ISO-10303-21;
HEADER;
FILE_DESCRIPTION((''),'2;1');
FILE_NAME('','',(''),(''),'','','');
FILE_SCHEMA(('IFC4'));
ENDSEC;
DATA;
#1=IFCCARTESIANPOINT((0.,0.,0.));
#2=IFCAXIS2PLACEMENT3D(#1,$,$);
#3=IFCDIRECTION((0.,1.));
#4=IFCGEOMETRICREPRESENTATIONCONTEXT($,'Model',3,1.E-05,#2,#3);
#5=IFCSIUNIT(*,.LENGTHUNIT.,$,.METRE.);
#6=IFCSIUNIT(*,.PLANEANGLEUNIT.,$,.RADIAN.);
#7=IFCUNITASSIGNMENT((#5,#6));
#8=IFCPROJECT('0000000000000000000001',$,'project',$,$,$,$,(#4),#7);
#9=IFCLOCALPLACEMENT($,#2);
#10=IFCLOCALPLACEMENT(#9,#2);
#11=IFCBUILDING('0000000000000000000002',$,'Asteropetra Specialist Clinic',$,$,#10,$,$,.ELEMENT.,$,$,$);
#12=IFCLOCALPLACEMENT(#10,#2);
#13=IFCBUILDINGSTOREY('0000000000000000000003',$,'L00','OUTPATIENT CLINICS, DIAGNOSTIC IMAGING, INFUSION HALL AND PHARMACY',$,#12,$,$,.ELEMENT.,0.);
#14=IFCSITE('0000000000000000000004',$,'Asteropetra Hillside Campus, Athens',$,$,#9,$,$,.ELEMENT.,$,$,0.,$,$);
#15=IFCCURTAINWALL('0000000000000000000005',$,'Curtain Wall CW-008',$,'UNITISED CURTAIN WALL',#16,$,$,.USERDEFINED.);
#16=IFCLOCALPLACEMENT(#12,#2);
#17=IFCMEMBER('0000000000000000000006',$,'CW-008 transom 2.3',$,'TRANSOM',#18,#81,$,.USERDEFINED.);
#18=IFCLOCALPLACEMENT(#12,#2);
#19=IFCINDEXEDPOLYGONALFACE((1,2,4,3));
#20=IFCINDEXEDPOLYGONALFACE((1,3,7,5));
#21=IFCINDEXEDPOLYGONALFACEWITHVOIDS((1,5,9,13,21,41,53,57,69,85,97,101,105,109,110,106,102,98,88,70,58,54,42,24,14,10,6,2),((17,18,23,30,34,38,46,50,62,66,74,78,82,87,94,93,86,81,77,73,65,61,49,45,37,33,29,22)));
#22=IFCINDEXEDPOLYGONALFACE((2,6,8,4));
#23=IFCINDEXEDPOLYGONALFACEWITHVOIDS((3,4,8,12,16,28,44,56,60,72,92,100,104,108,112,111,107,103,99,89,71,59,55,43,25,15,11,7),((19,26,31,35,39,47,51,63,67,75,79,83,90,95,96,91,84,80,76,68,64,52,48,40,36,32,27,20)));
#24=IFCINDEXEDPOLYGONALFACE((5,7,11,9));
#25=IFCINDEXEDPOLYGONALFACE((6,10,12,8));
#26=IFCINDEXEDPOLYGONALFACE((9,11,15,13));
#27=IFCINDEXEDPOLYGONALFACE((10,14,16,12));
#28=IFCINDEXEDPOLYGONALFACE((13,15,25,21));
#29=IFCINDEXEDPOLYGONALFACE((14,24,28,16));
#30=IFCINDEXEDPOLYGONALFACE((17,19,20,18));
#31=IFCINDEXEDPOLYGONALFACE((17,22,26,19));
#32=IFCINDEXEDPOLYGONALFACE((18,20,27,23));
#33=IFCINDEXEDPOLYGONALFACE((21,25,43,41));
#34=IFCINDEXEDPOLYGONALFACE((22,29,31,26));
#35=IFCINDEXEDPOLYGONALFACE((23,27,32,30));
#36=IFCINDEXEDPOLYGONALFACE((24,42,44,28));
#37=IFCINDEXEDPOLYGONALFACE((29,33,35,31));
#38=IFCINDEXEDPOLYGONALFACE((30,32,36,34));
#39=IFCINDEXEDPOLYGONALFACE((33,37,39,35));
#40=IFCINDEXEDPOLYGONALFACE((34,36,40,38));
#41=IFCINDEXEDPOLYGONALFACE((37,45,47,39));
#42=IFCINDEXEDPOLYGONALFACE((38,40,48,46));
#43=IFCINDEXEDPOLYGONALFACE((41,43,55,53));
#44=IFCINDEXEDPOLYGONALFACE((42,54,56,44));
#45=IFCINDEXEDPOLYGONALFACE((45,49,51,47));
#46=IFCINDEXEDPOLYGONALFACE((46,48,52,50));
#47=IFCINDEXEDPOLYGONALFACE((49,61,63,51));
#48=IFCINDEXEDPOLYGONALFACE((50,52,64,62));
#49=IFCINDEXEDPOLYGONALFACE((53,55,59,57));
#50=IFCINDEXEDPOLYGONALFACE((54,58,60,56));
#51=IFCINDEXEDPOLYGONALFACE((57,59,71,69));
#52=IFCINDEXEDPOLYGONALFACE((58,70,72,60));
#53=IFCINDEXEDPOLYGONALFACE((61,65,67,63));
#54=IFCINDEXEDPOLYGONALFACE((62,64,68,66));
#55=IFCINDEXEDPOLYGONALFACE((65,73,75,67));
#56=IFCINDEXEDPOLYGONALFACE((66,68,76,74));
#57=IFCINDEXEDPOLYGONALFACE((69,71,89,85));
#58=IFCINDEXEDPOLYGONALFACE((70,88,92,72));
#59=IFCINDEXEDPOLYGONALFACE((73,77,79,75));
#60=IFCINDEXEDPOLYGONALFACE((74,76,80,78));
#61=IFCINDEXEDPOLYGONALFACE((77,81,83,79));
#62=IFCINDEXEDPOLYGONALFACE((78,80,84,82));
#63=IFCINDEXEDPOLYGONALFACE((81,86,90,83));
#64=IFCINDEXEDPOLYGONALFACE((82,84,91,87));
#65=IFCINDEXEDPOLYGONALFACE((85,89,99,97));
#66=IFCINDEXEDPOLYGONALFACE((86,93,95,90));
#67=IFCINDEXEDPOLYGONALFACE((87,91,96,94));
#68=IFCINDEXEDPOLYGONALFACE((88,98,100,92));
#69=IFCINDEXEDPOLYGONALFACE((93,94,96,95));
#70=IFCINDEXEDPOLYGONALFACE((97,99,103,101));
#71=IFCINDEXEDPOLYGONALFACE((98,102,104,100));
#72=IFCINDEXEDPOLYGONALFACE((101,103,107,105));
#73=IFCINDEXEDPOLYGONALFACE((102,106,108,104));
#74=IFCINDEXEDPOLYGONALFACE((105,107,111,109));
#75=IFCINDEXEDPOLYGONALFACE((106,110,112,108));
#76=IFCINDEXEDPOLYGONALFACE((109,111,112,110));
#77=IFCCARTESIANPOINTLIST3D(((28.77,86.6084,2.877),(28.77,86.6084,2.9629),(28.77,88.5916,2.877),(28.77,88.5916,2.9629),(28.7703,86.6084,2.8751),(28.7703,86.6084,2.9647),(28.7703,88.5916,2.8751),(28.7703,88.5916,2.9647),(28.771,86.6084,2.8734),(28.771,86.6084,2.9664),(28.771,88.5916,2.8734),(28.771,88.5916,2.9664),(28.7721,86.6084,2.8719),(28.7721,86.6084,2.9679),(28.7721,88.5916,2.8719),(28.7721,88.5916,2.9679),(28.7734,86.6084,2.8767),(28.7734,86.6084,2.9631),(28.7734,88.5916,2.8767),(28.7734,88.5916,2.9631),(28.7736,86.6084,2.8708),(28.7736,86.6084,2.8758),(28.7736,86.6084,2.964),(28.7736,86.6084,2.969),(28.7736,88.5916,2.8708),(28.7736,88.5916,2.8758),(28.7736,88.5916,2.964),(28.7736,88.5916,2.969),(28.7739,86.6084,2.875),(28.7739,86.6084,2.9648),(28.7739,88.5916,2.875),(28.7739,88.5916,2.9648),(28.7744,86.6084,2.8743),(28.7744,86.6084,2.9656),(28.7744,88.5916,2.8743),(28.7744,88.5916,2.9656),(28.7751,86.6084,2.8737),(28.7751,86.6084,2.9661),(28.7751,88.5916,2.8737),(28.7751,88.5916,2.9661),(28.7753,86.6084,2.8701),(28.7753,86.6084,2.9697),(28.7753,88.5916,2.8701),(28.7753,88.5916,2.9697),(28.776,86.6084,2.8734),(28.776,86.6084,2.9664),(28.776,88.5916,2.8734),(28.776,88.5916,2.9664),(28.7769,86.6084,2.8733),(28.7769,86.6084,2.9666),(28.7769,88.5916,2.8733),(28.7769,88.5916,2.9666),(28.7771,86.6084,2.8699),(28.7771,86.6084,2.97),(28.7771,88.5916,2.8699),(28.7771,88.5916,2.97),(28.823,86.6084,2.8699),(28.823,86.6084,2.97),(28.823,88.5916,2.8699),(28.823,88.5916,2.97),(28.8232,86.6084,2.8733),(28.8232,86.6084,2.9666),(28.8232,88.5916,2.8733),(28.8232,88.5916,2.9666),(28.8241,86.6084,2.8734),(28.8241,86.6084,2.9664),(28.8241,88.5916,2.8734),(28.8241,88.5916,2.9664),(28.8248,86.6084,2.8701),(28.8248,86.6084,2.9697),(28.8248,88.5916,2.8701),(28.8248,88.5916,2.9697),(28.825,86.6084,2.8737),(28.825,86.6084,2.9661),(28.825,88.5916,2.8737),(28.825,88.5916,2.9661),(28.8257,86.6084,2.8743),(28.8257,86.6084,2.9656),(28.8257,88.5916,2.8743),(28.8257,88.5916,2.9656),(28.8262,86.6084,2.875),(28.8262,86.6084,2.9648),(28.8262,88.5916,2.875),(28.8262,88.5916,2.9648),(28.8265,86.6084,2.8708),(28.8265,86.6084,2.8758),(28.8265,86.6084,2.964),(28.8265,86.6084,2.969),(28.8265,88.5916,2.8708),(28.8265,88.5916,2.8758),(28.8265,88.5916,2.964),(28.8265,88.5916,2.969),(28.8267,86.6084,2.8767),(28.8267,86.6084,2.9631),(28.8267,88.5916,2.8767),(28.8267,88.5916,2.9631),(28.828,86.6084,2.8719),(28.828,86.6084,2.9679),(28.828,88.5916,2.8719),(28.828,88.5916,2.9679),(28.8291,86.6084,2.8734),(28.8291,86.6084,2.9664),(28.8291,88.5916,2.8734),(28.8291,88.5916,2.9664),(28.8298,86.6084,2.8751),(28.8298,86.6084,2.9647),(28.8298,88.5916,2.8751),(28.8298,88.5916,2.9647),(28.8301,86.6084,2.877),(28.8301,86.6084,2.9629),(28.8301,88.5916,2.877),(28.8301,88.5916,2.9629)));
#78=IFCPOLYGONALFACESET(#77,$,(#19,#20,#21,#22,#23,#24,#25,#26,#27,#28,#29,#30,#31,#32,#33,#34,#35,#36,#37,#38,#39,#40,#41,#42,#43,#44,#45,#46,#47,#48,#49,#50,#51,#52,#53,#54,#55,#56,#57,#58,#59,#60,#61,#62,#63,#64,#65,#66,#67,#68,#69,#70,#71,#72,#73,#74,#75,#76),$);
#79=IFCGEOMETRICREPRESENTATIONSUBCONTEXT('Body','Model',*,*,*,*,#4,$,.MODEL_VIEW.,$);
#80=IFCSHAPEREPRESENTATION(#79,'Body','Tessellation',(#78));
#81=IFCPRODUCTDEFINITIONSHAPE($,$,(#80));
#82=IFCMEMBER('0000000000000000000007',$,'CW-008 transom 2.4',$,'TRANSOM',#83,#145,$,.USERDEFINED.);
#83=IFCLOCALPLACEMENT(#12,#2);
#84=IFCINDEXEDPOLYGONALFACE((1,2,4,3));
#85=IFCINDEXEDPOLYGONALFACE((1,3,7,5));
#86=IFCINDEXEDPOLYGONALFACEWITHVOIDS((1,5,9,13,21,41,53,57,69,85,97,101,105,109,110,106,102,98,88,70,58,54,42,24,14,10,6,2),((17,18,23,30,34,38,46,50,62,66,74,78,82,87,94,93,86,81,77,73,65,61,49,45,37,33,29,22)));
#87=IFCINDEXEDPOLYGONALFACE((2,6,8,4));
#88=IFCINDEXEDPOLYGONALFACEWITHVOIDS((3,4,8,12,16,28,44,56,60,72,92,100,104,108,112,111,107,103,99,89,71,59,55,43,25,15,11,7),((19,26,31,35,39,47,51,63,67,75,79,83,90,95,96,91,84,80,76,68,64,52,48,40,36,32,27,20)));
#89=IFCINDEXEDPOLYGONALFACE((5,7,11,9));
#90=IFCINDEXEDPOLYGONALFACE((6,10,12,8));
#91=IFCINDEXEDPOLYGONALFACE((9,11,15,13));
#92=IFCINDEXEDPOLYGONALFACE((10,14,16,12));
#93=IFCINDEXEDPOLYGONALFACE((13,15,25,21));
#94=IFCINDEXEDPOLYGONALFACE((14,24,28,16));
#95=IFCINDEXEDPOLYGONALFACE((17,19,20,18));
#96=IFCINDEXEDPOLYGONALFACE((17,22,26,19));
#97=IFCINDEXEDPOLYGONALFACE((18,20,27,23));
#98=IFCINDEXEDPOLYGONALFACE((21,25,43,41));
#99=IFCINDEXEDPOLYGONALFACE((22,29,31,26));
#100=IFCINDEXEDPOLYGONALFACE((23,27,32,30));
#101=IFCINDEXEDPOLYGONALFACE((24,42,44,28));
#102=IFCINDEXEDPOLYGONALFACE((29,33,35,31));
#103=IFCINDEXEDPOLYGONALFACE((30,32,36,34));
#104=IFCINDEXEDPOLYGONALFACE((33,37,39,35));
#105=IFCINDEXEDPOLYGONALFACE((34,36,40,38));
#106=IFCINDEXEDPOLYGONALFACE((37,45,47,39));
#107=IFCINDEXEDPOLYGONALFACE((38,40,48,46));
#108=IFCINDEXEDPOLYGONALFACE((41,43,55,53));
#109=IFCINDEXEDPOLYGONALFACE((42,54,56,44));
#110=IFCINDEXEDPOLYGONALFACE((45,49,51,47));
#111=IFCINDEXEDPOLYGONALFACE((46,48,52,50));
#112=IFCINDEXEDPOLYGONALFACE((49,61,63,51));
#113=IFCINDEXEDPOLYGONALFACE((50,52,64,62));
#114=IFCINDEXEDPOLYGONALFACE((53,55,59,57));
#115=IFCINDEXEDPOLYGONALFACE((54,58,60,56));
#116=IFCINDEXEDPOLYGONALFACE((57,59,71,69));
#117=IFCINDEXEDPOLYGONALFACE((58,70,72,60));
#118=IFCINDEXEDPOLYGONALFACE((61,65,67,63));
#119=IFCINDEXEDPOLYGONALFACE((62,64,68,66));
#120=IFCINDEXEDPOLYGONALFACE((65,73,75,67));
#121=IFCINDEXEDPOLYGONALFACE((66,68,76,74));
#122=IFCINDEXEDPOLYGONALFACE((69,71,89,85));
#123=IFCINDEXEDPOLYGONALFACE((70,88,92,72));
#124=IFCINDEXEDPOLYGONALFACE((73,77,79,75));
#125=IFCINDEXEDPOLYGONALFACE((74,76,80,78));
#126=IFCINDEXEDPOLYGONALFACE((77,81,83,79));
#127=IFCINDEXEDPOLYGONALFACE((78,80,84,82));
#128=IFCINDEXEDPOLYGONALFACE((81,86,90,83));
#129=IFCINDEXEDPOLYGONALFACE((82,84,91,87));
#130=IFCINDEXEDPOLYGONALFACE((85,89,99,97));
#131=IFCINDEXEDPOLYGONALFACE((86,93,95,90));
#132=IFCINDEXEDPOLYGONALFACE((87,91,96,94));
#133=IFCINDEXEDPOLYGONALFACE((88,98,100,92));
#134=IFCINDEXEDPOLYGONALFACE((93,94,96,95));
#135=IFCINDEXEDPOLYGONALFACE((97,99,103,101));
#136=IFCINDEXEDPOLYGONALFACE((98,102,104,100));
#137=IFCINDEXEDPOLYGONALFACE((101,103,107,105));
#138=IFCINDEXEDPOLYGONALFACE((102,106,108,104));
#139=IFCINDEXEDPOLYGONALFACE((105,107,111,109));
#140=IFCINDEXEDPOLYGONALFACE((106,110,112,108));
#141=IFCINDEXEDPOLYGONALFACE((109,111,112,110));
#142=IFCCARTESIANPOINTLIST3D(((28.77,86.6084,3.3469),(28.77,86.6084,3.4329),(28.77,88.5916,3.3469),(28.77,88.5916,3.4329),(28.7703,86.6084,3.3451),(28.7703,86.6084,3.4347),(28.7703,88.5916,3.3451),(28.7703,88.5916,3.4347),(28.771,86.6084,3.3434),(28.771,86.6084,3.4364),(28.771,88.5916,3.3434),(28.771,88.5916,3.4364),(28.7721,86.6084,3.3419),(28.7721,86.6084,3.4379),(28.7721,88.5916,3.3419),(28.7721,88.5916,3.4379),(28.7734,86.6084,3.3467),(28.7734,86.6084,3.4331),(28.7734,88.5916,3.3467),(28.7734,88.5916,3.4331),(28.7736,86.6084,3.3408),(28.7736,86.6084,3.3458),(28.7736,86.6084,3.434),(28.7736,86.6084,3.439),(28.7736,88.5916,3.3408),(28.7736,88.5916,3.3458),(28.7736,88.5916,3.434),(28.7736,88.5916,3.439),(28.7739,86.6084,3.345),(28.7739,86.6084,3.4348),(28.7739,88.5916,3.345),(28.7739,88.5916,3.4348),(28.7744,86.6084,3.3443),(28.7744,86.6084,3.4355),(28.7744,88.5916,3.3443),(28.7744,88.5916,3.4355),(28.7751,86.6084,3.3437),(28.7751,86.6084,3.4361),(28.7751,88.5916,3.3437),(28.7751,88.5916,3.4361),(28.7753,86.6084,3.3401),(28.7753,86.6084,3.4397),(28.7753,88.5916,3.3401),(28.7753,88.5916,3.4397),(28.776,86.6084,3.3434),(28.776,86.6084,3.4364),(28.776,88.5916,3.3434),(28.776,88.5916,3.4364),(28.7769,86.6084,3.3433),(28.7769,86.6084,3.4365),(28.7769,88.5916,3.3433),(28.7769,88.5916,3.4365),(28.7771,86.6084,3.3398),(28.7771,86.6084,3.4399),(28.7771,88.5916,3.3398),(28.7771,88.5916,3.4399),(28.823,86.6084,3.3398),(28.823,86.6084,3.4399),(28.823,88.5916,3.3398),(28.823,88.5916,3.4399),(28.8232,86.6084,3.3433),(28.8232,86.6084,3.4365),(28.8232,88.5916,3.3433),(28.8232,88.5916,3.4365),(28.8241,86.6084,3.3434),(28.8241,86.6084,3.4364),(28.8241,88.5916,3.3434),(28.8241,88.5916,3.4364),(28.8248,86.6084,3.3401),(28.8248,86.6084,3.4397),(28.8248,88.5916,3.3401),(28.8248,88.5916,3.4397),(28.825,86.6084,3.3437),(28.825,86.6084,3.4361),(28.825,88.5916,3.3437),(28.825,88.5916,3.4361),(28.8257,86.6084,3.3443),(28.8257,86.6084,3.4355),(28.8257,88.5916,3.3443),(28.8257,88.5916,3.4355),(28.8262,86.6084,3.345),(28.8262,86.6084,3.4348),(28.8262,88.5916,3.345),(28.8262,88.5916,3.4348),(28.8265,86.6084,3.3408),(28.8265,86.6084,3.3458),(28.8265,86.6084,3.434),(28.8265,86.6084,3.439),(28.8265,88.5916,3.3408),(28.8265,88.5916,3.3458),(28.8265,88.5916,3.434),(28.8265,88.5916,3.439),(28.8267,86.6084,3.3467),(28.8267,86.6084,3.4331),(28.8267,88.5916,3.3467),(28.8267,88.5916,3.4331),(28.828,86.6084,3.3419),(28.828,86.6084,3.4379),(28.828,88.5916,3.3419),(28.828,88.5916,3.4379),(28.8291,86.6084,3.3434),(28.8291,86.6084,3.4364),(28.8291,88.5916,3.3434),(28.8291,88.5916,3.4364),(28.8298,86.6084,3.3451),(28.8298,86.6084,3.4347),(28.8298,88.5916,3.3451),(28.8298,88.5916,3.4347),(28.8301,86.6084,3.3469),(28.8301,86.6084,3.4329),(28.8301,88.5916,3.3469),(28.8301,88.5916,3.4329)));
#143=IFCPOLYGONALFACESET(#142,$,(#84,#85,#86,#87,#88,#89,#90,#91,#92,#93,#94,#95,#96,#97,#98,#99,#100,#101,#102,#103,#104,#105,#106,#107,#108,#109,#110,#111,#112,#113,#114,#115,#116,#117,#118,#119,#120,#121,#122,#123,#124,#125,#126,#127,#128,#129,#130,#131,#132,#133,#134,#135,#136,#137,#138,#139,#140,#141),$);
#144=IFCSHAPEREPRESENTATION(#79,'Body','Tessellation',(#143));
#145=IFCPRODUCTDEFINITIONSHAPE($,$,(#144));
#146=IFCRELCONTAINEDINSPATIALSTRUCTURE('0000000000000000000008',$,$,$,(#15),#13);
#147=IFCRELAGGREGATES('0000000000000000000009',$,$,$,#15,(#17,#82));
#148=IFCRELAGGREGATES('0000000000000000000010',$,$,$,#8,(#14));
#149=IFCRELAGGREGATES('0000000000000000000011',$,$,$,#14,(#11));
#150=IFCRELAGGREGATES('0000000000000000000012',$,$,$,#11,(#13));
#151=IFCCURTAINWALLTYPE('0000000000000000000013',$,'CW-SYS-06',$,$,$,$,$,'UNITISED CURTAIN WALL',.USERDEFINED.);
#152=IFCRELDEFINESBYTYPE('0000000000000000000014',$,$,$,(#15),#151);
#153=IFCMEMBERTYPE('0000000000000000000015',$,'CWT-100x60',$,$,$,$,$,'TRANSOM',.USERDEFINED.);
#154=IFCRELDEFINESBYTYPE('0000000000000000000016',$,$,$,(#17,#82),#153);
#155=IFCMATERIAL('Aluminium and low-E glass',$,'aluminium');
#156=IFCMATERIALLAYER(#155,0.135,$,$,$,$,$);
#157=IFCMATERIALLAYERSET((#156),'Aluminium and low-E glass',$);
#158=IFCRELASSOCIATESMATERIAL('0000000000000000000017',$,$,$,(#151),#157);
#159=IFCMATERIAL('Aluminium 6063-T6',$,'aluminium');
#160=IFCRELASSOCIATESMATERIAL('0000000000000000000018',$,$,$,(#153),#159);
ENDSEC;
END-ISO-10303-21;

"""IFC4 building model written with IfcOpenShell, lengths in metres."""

from ifc_helpers import new_model, si_unit, direction, frame, origin, origin_2d, place, context, subcontext, project, spatial, hollow_rectangle, extrude, material, layer, layer_set, material_profile, profile_set, type_object, element, aggregate, save


model = new_model("IFC4")

# Units and contexts
model_context = context("Model", 3, precision=1e-05, world=origin(), true_north=direction((0.0, 1.0)))
body_context = subcontext(model_context, "Body", "Model", "MODEL_VIEW")
ifc_project = project(units=[si_unit("LENGTHUNIT", "METRE"), si_unit("PLANEANGLEUNIT", "RADIAN")], contexts=[model_context])

# Site, building, storey
site_placement = place(None, origin())
site = spatial("IfcSite", under=ifc_project, at=site_placement, Name="Asteropetra Hillside Campus, Athens", CompositionType="ELEMENT", RefElevation=0.0)
building_placement = place(site_placement, origin())
building = spatial("IfcBuilding", under=site, at=building_placement, Name="Asteropetra Specialist Clinic", CompositionType="ELEMENT")
storey_placement = place(building_placement, origin())
storey = spatial("IfcBuildingStorey", under=building, at=storey_placement, Name="L00", Description="OUTPATIENT CLINICS, DIAGNOSTIC IMAGING, INFUSION HALL AND PHARMACY", CompositionType="ELEMENT", Elevation=0.0)

# Curtain wall
ifc_material_1 = material(Name="Aluminium and low-E glass", Category="aluminium")
ifc_layer_1 = layer(ifc_material_1, 0.135)
ifc_layer_set_1 = layer_set([ifc_layer_1], Name="Aluminium and low-E glass")
curtain_wall_type_1 = type_object("IfcCurtainWallType", Name="CW-SYS-06", ElementType="UNITISED CURTAIN WALL", PredefinedType="USERDEFINED", material=ifc_layer_set_1)
curtain_wall_1_placement = place(storey_placement, origin())
curtain_wall_1 = element("IfcCurtainWall", 1, at=curtain_wall_1_placement, inside=storey, type_object=curtain_wall_type_1, Name="Curtain Wall CW-008", ObjectType="UNITISED CURTAIN WALL", PredefinedType="USERDEFINED")

# Members
ifc_material_2 = material(Name="Aluminium 6063-T6", Category="aluminium")
ifc_material_profile_1 = material_profile(ifc_material_2, hollow_rectangle(XDim=0.0601, YDim=0.1001, WallThickness=0.0034, InnerFilletRadius=0.0034, OuterFilletRadius=0.0071, at=origin_2d()), Name="TRN 100x60x3.5")
ifc_profile_set_1 = profile_set([ifc_material_profile_1], Name="Aluminium 6063-T6")
member_type_1 = type_object("IfcMemberType", Name="CWT-100x60", ElementType="TRANSOM", PredefinedType="USERDEFINED", material=ifc_profile_set_1)
member_1_placement = place(storey_placement, frame((28.8, 86.6084, 2.9199), z_axis=(0.0, 1.0, 0.0), x_axis=(-1.0, 0.0, 0.0)))
member_1 = element("IfcMember", 2, at=member_1_placement, type_object=member_type_1, Name="CW-008 transom 2.3", ObjectType="TRANSOM", PredefinedType="USERDEFINED", context=body_context, shape_type="SweptSolid", body=[
    extrude(hollow_rectangle(XDim=0.0601, YDim=0.1001, WallThickness=0.0034, InnerFilletRadius=0.0034, OuterFilletRadius=0.0071, at=origin_2d()), origin(), (0.0, 0.0, 1.0), 1.9832),
])
member_2_placement = place(storey_placement, frame((28.8, 86.6084, 3.3899), z_axis=(0.0, 1.0, 0.0), x_axis=(-1.0, 0.0, 0.0)))
member_2 = element("IfcMember", 3, at=member_2_placement, type_object=member_type_1, Name="CW-008 transom 2.4", ObjectType="TRANSOM", PredefinedType="USERDEFINED", context=body_context, shape_type="SweptSolid", body=[
    extrude(hollow_rectangle(XDim=0.0601, YDim=0.1001, WallThickness=0.0034, InnerFilletRadius=0.0034, OuterFilletRadius=0.0071, at=origin_2d()), origin(), (0.0, 0.0, 1.0), 1.9832),
])

aggregate(curtain_wall_1, [member_1, member_2])

save(model, "model.ifc")
